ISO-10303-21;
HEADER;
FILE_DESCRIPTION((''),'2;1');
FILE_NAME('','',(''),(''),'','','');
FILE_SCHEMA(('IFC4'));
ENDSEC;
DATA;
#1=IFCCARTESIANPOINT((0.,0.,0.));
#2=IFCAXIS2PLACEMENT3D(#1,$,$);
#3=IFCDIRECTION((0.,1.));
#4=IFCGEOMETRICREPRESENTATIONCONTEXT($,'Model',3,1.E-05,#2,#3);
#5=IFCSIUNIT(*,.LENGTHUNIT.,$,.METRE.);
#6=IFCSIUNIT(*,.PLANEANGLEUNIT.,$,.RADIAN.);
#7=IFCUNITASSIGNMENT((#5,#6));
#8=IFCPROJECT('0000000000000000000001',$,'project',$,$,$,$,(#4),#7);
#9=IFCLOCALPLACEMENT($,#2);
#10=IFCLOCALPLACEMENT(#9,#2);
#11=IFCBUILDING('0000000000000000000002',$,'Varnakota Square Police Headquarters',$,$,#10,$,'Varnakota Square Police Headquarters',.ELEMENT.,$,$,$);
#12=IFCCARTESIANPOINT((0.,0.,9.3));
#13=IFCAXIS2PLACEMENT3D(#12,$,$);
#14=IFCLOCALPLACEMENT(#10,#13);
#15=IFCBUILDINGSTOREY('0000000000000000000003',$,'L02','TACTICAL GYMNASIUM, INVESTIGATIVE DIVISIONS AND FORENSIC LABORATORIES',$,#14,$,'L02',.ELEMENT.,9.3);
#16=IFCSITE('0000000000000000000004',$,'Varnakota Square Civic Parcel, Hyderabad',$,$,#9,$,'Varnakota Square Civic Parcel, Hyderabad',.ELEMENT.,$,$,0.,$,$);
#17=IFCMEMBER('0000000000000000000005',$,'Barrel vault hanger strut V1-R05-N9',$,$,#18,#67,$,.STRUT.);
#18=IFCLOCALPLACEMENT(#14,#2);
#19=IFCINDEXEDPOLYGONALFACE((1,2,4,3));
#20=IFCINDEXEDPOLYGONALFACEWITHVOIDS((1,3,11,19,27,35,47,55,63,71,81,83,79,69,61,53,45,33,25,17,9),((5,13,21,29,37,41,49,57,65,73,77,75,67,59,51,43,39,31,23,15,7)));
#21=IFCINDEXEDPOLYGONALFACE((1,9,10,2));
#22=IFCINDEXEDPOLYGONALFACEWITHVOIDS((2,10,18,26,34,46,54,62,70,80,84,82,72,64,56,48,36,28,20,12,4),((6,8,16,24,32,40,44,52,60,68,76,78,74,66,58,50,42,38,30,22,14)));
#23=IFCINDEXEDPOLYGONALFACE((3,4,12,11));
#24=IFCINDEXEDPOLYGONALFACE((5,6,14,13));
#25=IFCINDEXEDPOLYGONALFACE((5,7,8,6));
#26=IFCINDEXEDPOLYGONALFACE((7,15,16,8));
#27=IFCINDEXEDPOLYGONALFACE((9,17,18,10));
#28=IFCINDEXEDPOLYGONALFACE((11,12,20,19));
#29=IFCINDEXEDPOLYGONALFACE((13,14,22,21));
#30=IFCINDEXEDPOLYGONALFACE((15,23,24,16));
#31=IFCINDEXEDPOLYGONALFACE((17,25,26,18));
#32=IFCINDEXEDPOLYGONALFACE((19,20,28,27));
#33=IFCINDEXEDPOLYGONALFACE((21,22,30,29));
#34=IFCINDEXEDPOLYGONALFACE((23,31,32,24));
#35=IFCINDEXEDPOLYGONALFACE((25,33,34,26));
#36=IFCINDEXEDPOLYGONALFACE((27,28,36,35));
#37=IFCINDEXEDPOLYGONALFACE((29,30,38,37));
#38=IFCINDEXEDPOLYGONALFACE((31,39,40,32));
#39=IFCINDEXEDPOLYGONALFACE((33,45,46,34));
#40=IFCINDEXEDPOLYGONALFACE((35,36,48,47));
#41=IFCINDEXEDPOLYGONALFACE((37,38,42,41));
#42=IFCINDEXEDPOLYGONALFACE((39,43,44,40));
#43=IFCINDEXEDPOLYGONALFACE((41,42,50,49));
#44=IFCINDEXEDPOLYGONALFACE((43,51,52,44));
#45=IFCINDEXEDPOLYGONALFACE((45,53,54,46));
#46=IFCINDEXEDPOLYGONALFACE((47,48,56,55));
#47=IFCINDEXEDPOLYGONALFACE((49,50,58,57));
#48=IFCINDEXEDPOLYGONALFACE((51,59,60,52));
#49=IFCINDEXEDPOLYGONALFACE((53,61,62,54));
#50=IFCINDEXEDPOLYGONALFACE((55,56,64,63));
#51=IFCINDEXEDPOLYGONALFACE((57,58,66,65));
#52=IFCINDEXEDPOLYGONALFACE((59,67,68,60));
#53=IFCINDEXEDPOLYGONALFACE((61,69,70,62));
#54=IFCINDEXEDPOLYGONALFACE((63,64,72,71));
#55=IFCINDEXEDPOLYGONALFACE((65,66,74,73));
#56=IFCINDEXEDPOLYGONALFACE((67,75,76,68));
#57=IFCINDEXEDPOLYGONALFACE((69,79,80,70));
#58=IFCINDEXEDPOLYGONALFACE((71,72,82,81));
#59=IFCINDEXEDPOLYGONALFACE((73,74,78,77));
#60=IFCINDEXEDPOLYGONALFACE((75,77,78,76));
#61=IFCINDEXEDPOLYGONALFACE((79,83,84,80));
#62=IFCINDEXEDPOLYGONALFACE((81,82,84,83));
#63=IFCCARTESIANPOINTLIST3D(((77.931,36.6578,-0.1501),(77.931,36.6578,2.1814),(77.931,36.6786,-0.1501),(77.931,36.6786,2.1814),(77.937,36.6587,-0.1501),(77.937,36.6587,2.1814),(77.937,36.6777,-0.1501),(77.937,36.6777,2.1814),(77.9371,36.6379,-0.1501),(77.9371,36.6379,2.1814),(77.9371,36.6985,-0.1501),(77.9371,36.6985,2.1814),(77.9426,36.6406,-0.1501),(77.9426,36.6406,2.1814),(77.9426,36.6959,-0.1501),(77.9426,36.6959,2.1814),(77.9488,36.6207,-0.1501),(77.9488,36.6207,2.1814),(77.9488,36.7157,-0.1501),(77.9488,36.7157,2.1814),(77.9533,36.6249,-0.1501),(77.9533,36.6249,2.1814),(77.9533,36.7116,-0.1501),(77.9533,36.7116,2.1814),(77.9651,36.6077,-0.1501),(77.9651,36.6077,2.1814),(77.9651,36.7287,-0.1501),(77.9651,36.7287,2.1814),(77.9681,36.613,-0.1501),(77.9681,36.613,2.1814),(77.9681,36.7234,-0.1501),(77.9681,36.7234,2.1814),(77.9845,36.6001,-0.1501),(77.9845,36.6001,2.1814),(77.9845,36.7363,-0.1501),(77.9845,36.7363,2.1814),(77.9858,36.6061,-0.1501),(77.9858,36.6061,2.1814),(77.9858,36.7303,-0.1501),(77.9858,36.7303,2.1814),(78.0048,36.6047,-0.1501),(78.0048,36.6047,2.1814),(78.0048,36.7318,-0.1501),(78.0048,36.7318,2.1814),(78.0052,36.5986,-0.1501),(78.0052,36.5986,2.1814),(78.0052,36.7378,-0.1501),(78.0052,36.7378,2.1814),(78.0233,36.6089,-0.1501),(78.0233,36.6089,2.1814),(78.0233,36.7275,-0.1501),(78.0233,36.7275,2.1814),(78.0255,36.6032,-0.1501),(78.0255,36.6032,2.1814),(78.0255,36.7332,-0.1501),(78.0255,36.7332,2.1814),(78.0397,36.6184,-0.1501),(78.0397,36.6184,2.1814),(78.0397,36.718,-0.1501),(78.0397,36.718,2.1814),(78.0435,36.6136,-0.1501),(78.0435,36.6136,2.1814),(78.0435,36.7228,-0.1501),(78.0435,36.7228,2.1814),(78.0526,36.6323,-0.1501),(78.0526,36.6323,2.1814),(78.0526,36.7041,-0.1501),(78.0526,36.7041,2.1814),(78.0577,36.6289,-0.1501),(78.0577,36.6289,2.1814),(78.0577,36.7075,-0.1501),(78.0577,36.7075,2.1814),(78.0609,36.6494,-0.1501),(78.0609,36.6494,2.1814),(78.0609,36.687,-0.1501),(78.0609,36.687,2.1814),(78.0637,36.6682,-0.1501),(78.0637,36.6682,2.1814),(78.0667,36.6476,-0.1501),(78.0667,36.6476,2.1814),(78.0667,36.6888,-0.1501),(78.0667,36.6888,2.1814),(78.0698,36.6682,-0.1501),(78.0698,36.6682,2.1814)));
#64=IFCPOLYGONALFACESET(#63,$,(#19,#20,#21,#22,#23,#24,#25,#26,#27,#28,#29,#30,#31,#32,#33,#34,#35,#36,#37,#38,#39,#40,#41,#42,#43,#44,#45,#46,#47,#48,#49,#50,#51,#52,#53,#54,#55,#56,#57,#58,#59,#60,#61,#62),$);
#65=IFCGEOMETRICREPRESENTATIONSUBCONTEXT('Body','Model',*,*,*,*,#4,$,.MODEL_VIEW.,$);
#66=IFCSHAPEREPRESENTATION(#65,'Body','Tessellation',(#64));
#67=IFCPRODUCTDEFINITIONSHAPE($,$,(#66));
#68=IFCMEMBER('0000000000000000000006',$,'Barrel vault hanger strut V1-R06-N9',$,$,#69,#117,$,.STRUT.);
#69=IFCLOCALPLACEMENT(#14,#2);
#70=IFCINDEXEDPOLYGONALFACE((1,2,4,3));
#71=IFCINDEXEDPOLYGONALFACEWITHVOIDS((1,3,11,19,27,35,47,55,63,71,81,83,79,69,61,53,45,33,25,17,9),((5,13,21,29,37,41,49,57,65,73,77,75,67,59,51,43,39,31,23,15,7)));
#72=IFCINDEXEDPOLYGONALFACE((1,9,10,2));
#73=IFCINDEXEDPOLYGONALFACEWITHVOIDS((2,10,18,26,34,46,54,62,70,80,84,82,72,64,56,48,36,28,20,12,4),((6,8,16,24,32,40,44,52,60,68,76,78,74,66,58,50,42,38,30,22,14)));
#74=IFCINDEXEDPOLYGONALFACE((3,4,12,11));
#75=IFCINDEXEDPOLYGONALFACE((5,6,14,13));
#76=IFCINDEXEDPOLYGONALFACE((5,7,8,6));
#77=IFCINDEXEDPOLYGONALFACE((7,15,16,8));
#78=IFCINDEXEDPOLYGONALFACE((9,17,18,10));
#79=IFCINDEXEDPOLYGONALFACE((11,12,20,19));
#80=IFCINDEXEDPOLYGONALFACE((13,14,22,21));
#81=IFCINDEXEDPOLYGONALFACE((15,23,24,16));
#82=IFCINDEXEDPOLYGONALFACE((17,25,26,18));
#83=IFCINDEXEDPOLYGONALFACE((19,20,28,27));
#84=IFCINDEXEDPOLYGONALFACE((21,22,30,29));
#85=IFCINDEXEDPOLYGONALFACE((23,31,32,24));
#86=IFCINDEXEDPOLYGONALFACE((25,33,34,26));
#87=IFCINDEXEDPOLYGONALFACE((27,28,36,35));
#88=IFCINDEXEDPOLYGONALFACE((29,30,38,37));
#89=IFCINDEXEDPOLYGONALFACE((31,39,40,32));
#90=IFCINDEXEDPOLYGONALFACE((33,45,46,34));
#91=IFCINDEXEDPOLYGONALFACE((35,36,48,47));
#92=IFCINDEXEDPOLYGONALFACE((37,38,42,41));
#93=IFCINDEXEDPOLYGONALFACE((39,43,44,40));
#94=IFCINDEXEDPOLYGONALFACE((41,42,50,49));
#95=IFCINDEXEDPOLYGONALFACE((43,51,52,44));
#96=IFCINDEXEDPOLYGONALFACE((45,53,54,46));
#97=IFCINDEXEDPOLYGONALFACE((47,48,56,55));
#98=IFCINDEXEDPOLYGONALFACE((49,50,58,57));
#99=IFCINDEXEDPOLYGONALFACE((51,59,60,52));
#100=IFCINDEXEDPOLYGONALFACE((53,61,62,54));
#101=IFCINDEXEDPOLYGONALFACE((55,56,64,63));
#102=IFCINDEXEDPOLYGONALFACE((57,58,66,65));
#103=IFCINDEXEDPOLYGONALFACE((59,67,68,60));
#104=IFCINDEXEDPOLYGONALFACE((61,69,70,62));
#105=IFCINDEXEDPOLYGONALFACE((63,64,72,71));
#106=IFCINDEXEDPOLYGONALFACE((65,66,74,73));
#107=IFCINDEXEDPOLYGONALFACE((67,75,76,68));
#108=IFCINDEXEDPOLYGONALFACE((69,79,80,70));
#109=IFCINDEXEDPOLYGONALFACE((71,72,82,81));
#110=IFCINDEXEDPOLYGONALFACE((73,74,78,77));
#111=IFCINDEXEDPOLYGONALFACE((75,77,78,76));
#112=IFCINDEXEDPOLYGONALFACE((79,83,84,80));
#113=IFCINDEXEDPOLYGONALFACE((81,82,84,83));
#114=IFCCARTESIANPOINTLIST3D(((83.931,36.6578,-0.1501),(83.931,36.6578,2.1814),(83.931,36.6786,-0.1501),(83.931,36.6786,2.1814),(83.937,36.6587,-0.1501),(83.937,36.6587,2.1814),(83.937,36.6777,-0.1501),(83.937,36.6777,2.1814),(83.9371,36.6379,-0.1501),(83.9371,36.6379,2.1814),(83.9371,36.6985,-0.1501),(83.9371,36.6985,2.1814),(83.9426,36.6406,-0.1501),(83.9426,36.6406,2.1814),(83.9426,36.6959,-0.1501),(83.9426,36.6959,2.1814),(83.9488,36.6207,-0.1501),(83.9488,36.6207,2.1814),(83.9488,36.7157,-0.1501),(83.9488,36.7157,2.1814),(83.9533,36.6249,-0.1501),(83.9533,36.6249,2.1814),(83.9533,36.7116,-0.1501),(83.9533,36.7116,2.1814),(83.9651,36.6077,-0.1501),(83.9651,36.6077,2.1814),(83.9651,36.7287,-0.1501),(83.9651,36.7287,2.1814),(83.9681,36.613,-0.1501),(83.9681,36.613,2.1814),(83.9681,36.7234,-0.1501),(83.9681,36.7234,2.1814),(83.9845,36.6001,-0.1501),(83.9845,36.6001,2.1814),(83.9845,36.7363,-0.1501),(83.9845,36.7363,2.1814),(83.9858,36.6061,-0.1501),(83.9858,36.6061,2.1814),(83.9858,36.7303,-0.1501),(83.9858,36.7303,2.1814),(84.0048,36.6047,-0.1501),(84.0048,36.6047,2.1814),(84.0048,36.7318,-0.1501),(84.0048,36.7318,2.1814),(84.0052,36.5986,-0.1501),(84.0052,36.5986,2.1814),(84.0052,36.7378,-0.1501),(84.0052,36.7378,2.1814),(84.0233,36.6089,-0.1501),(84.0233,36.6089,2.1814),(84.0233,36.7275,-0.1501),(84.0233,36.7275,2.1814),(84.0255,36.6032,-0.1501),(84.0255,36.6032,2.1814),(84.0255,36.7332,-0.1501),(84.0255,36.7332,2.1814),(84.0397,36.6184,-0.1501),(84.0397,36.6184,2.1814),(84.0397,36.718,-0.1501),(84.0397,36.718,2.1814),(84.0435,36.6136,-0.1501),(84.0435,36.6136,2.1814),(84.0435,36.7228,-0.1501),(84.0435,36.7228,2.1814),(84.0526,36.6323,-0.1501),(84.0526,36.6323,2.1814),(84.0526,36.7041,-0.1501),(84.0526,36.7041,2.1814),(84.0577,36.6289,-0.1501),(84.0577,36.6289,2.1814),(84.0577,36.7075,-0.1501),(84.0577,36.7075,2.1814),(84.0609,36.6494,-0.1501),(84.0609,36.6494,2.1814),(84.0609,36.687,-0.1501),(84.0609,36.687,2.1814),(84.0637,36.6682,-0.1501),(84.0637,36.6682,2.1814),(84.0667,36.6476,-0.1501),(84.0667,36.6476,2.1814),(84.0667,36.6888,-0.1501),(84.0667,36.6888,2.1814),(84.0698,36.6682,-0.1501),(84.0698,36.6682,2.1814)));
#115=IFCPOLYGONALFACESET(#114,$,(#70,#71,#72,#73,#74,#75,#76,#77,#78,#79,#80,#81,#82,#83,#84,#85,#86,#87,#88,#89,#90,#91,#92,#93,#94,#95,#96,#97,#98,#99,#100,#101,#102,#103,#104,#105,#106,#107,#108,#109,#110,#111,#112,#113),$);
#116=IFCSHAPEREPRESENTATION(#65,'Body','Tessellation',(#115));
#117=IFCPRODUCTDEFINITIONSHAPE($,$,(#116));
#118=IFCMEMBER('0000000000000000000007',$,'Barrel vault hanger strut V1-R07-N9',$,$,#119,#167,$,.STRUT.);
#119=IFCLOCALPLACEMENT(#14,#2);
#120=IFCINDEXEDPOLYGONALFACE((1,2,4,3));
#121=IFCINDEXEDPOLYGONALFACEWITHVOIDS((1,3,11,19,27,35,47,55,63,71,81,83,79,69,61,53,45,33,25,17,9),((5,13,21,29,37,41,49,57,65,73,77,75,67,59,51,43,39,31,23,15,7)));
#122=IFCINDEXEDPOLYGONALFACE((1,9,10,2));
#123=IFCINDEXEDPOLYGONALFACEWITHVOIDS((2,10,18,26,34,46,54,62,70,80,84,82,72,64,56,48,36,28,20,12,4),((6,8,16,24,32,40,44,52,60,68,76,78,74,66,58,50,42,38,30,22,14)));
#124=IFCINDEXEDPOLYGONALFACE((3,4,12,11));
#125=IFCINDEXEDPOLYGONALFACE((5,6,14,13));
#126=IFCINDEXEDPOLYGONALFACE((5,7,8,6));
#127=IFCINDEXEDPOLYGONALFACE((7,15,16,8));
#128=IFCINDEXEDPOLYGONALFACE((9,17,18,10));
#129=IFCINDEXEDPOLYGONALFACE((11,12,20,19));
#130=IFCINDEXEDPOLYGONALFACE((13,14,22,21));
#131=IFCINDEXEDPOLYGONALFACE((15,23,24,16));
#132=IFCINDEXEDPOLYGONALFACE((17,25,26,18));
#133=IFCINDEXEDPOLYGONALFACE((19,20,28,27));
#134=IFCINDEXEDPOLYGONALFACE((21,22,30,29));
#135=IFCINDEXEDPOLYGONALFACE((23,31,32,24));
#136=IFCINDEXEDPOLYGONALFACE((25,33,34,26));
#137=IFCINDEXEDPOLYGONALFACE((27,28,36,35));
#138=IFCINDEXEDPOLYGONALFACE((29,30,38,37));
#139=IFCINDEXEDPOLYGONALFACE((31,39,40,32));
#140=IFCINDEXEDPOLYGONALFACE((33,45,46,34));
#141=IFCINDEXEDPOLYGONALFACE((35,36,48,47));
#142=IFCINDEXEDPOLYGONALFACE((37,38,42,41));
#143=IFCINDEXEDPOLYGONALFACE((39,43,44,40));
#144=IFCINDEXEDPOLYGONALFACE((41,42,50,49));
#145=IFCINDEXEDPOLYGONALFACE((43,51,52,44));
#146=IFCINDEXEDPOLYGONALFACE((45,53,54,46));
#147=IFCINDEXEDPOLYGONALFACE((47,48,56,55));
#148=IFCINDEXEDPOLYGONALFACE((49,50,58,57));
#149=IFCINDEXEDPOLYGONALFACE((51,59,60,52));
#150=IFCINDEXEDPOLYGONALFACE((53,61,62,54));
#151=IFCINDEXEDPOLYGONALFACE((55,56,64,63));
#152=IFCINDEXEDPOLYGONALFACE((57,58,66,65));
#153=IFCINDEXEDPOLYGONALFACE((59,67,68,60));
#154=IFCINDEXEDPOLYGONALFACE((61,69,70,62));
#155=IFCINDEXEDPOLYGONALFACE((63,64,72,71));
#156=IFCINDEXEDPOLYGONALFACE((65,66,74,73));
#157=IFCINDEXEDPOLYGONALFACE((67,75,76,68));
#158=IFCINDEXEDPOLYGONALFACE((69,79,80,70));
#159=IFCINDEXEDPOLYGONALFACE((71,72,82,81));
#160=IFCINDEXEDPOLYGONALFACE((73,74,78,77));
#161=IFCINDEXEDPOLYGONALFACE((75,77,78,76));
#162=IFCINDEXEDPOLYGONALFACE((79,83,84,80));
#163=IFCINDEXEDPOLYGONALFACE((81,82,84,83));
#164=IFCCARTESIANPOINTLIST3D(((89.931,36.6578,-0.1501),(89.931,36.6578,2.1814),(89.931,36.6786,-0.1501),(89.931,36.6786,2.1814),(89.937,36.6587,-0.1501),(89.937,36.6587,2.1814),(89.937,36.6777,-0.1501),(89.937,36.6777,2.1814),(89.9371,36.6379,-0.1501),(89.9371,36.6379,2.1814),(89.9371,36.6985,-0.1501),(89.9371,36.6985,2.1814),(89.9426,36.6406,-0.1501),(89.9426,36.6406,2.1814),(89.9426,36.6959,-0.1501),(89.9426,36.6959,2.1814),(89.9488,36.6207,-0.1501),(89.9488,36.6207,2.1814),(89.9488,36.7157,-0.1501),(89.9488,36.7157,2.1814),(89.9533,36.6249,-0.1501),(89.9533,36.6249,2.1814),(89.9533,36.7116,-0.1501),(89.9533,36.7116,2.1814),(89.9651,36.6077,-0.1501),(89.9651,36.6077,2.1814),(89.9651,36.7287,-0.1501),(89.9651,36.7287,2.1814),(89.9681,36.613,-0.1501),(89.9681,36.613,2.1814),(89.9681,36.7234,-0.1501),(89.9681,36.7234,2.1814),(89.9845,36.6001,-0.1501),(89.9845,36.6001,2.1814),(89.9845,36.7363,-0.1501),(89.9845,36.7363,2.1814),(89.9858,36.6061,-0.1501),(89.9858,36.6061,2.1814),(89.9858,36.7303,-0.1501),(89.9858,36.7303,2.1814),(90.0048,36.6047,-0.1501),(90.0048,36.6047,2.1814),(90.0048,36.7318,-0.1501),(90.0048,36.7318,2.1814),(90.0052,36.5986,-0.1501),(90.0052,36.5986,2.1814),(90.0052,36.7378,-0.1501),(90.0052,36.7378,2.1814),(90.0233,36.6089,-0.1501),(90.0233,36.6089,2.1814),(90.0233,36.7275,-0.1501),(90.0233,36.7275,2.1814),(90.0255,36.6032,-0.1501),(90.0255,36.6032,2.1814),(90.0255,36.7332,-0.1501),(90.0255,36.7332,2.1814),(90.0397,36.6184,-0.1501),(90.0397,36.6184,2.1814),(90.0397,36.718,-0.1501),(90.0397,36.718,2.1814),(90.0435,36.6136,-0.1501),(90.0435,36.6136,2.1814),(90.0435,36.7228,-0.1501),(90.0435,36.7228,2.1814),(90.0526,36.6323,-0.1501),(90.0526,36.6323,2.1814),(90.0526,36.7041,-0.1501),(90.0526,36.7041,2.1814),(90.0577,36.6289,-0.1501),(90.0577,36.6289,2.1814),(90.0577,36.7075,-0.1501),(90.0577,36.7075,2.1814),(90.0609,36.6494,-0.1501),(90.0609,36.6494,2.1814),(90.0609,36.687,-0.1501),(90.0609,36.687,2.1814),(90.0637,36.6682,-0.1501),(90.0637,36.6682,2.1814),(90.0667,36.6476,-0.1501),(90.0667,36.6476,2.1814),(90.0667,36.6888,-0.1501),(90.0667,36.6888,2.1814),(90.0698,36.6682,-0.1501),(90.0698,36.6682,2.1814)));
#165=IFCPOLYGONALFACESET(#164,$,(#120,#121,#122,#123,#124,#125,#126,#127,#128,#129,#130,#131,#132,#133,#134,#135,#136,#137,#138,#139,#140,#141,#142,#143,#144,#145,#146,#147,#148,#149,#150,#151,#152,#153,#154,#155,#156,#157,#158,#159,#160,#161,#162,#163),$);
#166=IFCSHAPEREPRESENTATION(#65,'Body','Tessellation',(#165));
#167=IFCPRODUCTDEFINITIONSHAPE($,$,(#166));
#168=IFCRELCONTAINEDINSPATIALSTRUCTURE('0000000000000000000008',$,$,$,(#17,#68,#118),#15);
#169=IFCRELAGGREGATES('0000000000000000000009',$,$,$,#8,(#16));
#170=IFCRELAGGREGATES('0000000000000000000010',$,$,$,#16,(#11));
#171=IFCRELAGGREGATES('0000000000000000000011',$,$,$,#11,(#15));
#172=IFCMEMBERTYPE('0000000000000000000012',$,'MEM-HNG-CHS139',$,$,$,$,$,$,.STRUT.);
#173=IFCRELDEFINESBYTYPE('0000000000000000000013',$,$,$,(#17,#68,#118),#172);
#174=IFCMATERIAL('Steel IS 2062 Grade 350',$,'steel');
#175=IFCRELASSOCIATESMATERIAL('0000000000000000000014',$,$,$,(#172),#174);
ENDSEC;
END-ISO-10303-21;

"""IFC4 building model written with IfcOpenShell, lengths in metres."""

from ifc_helpers import new_model, si_unit, direction, frame, origin, origin_2d, place, context, subcontext, project, spatial, hollow_circle, extrude, material, material_profile, profile_set, type_object, element, save


model = new_model("IFC4")

# Units and contexts
model_context = context("Model", 3, precision=1e-05, world=origin(), true_north=direction((0.0, 1.0)))
body_context = subcontext(model_context, "Body", "Model", "MODEL_VIEW")
ifc_project = project(units=[si_unit("LENGTHUNIT", "METRE"), si_unit("PLANEANGLEUNIT", "RADIAN")], contexts=[model_context])

# Site, building, storey
site_placement = place(None, origin())
site = spatial("IfcSite", under=ifc_project, at=site_placement, Name="Varnakota Square Civic Parcel, Hyderabad", LongName="Varnakota Square Civic Parcel, Hyderabad", CompositionType="ELEMENT", RefElevation=0.0)
building_placement = place(site_placement, origin())
building = spatial("IfcBuilding", under=site, at=building_placement, Name="Varnakota Square Police Headquarters", LongName="Varnakota Square Police Headquarters", CompositionType="ELEMENT")
storey_placement = place(building_placement, frame((0.0, 0.0, 9.3)))
storey = spatial("IfcBuildingStorey", under=building, at=storey_placement, Name="L02", Description="TACTICAL GYMNASIUM, INVESTIGATIVE DIVISIONS AND FORENSIC LABORATORIES", LongName="L02", CompositionType="ELEMENT", Elevation=9.3)

# Shared definitions
ifc_material_1 = material(Name="Steel IS 2062 Grade 350", Category="steel")

# Members
ifc_material_profile_1 = material_profile(ifc_material_1, hollow_circle(Radius=0.0698, WallThickness=0.0061, at=origin_2d()), Name="CHS 139.7x6.0")
ifc_profile_set_1 = profile_set([ifc_material_profile_1], Name="Steel IS 2062 Grade 350")
member_type_1 = type_object("IfcMemberType", Name="MEM-HNG-CHS139", PredefinedType="STRUT", material=ifc_profile_set_1)
for number, where, z_axis, x_axis, name in (
    (1, (78.0, 36.6682, -0.1501), (0.0, 0.0, 1.0), (1.0, 0.0, 0.0), "Barrel vault hanger strut V1-R05-N9"),
    (2, (84.0, 36.6682, -0.1501), (0.0, 0.0, 1.0), (1.0, 0.0, 0.0), "Barrel vault hanger strut V1-R06-N9"),
    (3, (90.0, 36.6682, -0.1501), (0.0, 0.0, 1.0), (1.0, 0.0, 0.0), "Barrel vault hanger strut V1-R07-N9"),
):
    element("IfcMember", number, at=place(storey_placement, frame(where, z_axis=z_axis, x_axis=x_axis)), inside=storey, type_object=member_type_1, Name=name, PredefinedType="STRUT", context=body_context, shape_type="SweptSolid", body=[
        extrude(hollow_circle(Radius=0.0698, WallThickness=0.0061, at=origin_2d()), origin(), (0.0, 0.0, 1.0), 2.3315),
    ])

save(model, "model.ifc")
